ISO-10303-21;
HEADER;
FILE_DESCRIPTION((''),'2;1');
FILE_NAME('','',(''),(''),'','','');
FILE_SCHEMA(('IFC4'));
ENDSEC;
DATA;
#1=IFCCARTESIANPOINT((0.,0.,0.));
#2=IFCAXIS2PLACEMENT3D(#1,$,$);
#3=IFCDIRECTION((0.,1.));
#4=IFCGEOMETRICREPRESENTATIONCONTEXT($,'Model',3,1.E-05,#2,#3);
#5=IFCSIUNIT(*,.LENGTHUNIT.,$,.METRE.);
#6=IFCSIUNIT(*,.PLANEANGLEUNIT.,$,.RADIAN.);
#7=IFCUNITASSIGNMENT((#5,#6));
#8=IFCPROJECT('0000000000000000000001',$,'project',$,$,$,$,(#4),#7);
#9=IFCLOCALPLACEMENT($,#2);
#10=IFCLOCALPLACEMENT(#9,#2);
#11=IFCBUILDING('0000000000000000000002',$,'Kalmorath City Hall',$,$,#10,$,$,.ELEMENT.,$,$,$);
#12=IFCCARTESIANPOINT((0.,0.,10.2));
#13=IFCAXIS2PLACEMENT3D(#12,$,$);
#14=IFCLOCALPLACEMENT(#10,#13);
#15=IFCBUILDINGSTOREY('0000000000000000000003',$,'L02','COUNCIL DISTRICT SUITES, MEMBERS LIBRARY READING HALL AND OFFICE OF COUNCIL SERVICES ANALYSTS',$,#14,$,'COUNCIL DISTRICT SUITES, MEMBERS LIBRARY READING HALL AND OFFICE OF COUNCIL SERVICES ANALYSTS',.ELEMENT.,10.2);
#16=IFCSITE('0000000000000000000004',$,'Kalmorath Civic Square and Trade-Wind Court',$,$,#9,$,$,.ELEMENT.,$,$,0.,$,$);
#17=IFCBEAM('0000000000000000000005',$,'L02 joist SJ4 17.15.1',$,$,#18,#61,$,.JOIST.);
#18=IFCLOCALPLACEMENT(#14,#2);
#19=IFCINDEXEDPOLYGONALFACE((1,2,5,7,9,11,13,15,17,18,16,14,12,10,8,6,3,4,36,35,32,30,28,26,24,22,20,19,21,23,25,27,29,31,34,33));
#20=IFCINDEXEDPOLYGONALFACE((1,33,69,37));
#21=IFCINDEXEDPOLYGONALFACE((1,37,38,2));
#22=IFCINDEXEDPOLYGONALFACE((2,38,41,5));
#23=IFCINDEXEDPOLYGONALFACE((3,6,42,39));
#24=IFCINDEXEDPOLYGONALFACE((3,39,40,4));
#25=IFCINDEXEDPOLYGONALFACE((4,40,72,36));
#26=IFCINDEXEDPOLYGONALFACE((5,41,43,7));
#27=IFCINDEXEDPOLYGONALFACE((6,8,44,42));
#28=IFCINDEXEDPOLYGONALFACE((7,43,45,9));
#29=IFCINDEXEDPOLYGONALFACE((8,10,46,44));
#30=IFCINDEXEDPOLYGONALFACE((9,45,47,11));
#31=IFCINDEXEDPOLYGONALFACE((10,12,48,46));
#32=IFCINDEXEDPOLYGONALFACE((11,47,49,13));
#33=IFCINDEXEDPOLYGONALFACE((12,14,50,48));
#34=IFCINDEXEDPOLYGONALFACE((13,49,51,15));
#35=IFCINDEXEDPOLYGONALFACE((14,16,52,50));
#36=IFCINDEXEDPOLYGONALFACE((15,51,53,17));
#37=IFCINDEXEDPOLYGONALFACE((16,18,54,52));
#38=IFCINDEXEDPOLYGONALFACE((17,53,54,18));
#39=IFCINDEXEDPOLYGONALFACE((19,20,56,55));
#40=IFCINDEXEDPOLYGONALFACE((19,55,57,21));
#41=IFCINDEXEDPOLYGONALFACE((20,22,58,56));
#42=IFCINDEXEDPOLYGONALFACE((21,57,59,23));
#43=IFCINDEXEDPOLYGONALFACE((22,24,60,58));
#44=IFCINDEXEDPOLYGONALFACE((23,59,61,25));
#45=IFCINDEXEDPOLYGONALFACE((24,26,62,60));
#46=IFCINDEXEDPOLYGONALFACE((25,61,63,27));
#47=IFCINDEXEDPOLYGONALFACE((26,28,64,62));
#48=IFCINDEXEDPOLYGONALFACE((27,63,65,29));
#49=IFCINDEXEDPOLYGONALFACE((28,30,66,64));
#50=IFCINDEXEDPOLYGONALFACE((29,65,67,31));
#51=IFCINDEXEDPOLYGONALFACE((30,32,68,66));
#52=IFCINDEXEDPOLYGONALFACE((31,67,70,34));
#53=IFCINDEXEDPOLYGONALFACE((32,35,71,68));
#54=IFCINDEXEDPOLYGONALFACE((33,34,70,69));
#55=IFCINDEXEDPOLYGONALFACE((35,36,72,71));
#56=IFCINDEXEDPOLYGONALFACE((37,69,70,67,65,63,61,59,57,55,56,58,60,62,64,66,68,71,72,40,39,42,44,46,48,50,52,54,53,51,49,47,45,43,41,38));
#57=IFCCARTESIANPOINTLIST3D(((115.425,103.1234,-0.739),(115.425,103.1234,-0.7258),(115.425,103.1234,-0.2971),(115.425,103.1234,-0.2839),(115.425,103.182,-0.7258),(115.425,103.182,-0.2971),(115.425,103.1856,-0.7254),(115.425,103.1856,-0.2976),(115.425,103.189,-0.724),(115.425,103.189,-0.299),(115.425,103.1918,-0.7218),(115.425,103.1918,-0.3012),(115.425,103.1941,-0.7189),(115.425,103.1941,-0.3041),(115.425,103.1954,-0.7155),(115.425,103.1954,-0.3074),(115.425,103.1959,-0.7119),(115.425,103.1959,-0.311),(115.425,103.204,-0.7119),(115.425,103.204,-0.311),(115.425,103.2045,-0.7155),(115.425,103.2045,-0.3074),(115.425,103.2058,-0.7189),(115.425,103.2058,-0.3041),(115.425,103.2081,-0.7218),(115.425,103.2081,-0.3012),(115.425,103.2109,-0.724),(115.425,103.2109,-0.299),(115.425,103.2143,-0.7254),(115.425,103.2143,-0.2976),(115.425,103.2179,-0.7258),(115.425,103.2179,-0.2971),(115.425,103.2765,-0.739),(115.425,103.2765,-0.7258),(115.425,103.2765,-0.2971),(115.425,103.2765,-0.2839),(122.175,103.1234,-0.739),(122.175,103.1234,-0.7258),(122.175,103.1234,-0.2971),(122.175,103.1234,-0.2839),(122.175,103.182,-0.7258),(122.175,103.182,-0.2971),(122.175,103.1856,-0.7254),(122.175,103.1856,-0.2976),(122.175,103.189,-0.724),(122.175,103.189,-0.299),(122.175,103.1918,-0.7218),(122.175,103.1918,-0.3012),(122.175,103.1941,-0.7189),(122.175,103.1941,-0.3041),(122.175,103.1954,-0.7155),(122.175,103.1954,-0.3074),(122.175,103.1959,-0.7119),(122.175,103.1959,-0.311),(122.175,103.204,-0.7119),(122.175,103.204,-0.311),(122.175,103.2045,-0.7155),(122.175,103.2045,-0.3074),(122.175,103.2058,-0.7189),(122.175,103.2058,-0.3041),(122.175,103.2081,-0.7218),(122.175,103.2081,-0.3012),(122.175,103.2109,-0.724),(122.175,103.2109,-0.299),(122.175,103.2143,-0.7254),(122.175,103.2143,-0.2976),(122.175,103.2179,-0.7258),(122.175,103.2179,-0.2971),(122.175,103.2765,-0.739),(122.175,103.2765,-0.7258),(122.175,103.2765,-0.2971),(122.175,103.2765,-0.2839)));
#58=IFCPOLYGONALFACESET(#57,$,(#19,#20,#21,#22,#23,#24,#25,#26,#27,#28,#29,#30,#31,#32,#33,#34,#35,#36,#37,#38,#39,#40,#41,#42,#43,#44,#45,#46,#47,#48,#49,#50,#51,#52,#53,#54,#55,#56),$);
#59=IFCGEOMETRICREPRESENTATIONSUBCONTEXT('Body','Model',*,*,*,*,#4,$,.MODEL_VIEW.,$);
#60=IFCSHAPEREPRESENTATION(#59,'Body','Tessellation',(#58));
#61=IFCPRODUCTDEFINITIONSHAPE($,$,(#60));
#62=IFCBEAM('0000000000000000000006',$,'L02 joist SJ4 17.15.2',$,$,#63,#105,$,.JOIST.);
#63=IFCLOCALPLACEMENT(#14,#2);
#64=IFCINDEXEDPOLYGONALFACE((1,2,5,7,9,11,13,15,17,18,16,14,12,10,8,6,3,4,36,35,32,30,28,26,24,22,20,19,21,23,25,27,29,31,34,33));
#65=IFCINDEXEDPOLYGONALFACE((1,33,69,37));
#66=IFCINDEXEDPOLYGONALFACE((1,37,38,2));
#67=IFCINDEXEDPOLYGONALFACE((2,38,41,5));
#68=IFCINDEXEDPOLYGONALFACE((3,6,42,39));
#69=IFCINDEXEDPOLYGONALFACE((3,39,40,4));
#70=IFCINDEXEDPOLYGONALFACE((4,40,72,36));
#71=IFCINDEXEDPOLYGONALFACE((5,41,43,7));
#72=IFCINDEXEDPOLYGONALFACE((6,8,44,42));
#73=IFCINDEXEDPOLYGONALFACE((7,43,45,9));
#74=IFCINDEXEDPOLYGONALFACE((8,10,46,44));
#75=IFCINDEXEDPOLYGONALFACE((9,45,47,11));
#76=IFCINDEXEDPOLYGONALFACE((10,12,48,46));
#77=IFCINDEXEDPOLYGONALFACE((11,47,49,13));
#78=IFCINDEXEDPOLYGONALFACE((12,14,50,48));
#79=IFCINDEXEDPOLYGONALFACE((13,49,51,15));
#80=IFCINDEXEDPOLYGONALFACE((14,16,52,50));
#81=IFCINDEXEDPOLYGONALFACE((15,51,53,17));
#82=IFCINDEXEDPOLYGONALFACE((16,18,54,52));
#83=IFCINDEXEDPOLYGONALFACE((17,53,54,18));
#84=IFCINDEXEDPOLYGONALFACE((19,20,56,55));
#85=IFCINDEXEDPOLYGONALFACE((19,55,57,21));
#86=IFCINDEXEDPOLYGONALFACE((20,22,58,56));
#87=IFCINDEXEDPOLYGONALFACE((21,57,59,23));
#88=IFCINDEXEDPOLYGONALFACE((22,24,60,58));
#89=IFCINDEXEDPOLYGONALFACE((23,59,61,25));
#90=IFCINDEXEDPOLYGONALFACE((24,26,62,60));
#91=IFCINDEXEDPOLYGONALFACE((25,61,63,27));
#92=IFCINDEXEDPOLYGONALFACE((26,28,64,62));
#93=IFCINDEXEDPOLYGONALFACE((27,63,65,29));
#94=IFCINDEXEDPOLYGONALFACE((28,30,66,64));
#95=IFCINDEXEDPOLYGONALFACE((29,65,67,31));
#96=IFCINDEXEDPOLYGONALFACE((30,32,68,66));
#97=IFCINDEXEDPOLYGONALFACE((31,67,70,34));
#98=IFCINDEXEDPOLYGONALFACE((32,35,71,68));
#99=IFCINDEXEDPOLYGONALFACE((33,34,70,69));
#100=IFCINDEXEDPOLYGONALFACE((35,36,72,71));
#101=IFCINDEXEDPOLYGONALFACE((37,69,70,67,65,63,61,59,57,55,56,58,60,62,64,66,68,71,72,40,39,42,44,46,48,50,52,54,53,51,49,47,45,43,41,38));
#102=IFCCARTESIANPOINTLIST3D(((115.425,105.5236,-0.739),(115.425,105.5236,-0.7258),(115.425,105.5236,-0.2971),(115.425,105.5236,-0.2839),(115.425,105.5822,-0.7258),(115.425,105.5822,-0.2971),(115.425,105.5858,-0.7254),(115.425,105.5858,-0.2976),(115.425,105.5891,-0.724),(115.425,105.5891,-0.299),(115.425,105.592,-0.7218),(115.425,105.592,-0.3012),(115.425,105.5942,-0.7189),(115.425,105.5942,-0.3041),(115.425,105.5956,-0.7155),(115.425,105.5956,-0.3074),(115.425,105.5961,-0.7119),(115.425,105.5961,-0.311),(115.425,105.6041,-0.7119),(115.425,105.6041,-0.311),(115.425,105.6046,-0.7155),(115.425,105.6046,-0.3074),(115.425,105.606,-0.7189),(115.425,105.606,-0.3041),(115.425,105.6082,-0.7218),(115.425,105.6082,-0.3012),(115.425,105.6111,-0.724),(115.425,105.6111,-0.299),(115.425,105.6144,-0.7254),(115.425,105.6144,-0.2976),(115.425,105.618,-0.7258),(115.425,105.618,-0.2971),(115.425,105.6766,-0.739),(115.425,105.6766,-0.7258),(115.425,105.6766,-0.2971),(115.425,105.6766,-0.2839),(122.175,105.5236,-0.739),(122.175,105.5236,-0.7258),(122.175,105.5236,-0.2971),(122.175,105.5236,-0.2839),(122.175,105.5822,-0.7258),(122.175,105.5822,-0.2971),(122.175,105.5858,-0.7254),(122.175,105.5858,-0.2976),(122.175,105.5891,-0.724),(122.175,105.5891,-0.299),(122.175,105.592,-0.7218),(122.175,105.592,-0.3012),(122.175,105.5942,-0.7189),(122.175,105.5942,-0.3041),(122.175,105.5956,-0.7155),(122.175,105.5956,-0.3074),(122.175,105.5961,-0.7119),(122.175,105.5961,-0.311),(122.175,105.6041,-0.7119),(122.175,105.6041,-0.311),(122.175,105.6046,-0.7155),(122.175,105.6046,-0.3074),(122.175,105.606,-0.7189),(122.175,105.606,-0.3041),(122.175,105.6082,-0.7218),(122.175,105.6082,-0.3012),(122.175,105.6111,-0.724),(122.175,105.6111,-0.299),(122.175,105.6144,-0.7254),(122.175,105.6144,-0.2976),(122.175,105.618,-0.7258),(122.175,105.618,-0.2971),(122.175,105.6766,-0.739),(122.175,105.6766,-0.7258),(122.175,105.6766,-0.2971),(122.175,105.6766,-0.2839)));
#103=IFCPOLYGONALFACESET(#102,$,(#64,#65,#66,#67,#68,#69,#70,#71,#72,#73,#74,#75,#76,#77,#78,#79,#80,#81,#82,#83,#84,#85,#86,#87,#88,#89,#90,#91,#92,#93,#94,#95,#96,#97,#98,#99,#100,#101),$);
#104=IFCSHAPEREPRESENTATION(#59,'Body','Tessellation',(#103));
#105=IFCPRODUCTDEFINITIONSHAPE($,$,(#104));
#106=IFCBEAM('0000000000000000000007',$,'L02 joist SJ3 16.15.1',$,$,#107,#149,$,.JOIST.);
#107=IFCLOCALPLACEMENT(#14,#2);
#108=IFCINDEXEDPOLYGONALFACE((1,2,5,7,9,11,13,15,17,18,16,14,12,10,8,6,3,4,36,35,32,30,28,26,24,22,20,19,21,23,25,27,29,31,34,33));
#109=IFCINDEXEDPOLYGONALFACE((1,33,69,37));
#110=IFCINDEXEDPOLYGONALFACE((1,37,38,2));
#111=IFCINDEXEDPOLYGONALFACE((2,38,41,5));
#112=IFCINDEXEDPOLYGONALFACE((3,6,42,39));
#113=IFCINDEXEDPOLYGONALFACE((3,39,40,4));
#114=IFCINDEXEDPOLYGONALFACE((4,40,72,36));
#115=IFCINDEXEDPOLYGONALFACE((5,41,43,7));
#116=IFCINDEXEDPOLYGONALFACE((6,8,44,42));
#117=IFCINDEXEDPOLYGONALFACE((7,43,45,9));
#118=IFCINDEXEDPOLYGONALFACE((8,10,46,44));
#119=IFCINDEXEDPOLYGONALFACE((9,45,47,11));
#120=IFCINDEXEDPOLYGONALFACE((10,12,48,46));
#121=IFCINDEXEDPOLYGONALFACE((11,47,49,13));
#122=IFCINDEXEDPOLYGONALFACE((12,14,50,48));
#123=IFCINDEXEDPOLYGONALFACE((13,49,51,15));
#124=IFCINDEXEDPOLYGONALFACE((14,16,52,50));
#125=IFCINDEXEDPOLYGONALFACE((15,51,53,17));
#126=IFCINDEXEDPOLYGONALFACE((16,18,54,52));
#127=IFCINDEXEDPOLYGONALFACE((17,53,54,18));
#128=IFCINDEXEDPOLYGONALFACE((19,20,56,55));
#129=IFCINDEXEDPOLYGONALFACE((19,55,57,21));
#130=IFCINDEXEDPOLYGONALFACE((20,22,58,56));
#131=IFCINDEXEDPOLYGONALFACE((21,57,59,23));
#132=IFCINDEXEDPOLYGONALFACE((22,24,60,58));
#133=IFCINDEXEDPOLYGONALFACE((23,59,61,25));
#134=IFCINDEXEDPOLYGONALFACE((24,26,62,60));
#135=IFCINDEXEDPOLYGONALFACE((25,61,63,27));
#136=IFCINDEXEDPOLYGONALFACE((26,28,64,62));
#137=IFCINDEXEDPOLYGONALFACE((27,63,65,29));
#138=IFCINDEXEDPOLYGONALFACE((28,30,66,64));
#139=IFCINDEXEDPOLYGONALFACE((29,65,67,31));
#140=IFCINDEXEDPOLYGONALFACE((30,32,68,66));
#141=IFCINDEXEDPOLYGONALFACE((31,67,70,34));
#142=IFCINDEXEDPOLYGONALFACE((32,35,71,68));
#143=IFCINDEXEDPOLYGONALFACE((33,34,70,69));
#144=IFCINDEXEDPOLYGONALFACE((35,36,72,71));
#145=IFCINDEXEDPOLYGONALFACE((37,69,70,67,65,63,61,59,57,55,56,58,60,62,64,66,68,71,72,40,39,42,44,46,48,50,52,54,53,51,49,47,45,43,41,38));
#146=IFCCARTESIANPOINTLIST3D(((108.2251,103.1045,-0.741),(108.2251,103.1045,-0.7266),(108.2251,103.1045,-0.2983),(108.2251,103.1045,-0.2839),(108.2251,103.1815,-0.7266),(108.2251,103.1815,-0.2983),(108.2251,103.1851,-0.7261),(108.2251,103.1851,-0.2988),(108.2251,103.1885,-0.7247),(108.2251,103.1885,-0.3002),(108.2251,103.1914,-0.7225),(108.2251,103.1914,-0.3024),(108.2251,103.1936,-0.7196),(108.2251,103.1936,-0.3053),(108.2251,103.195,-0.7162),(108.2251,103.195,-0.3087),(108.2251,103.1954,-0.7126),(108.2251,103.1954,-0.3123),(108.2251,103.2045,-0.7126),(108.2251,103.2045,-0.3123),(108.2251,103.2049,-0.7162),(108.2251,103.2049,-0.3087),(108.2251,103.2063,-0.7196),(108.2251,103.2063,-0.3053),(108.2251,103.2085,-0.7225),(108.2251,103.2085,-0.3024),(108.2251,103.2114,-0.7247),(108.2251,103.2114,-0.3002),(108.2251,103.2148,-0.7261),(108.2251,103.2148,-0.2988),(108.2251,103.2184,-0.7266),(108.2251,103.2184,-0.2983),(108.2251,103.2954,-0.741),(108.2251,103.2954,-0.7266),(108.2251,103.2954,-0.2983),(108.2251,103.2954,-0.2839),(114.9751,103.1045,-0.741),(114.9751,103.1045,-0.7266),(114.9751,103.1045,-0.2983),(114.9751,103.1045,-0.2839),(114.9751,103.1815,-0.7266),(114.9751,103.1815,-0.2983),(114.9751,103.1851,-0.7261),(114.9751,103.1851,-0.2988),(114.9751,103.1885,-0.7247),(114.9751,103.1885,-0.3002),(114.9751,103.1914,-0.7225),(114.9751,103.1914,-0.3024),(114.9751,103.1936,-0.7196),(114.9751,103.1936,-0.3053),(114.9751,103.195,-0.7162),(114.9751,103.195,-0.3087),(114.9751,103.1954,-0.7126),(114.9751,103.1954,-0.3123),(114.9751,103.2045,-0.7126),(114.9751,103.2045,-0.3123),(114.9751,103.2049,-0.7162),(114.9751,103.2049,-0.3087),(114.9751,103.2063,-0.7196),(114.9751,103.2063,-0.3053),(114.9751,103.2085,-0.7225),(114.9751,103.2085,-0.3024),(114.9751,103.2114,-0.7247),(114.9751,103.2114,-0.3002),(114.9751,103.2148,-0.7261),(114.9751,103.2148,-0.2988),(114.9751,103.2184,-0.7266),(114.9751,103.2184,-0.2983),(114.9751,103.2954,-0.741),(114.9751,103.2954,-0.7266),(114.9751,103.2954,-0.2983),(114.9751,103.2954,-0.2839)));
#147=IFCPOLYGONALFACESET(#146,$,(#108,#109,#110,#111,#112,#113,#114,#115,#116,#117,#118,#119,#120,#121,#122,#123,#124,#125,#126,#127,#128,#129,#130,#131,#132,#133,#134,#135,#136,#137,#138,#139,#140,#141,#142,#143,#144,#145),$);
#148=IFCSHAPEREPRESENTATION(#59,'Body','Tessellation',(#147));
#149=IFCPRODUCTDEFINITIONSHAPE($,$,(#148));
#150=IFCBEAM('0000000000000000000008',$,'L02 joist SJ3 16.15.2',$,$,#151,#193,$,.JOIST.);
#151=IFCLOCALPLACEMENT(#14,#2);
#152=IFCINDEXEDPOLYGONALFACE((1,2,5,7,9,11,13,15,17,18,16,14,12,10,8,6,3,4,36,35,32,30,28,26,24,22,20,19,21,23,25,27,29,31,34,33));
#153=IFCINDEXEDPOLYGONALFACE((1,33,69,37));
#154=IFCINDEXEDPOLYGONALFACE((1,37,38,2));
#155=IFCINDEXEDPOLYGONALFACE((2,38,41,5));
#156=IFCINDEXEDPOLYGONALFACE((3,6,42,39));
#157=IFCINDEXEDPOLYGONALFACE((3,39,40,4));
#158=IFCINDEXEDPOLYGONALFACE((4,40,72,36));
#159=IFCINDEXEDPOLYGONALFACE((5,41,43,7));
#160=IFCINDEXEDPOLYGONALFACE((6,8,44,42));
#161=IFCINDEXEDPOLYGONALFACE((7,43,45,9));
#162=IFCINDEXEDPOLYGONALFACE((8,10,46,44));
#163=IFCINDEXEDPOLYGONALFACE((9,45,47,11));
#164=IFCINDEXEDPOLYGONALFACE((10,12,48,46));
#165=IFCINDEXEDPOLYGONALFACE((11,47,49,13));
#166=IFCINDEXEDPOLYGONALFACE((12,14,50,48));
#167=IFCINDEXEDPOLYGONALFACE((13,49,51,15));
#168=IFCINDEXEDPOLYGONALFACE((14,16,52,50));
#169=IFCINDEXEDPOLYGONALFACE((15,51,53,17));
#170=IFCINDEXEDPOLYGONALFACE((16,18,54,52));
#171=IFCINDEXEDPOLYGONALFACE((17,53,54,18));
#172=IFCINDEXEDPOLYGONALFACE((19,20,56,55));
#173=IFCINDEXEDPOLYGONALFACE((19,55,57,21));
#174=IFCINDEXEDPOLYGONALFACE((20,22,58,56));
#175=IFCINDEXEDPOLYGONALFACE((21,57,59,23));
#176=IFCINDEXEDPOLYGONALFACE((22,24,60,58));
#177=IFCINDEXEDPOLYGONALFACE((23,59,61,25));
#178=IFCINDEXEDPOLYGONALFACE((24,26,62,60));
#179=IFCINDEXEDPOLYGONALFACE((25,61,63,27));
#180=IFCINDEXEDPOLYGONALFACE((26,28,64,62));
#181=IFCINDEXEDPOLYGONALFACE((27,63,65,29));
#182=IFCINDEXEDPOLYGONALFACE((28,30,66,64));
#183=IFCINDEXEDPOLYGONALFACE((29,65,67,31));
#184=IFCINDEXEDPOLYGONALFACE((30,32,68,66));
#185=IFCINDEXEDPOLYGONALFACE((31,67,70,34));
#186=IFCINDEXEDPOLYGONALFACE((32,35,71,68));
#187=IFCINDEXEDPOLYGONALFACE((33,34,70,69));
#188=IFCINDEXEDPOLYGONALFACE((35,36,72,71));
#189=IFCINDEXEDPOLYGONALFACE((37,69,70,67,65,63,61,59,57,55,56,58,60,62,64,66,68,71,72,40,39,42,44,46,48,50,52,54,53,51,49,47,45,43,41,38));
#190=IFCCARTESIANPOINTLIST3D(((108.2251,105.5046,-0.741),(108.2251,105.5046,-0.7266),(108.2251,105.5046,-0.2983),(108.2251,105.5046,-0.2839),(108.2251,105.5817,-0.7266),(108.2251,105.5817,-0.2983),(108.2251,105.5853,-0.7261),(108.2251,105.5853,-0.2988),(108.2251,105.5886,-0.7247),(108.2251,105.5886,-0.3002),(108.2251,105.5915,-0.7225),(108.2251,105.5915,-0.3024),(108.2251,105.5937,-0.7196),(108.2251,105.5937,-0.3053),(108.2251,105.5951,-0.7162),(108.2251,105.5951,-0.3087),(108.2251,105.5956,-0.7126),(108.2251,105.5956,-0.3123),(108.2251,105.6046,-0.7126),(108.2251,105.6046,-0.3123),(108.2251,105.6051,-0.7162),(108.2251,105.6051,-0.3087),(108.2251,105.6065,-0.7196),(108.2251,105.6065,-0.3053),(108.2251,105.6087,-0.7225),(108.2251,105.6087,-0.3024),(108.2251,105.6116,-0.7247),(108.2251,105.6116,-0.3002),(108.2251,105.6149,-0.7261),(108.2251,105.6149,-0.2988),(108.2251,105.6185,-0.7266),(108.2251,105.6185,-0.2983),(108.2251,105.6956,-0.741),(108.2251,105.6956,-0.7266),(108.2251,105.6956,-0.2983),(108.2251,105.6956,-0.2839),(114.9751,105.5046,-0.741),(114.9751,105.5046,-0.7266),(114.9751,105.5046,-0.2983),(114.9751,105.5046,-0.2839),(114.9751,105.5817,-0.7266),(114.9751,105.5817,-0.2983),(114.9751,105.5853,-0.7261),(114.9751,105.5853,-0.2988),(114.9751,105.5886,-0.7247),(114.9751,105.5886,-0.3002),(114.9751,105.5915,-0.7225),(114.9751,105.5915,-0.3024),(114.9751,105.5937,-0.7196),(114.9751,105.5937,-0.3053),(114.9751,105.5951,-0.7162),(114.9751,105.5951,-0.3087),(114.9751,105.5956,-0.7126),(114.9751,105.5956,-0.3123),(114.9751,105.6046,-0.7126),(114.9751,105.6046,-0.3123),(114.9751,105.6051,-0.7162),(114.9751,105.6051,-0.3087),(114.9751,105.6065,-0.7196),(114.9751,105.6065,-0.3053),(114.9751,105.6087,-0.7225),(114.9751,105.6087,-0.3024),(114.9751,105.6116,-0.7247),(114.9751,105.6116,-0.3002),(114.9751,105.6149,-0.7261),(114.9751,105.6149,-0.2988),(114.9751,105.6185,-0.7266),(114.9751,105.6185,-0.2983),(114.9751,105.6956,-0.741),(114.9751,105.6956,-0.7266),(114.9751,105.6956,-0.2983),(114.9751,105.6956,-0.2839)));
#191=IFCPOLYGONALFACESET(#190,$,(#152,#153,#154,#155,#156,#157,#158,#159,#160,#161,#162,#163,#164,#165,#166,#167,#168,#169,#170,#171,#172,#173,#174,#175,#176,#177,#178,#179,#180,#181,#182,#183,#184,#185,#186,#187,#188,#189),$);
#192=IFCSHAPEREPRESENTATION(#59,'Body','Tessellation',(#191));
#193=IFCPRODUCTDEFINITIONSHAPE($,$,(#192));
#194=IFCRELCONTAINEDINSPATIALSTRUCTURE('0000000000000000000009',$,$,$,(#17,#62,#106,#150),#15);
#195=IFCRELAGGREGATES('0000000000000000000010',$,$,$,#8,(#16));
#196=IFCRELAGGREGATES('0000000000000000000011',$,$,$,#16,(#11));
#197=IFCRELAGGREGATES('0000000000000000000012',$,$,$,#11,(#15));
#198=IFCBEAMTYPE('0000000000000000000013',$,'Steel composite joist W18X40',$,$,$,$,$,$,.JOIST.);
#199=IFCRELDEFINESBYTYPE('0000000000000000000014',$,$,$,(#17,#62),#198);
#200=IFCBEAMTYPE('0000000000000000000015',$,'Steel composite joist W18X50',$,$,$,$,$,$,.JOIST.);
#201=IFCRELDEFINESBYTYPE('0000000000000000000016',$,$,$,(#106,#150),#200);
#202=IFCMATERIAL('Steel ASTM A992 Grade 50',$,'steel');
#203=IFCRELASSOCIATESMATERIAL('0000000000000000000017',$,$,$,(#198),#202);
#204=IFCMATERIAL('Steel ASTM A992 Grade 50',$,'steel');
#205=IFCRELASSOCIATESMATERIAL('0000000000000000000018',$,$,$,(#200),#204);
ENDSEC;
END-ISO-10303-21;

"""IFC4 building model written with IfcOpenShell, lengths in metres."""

from ifc_helpers import new_model, si_unit, direction, frame, origin, origin_2d, place, context, subcontext, project, spatial, i_section, extrude, material, material_profile, profile_set, type_object, element, save


model = new_model("IFC4")

# Units and contexts
model_context = context("Model", 3, precision=1e-05, world=origin(), true_north=direction((0.0, 1.0)))
body_context = subcontext(model_context, "Body", "Model", "MODEL_VIEW")
ifc_project = project(units=[si_unit("LENGTHUNIT", "METRE"), si_unit("PLANEANGLEUNIT", "RADIAN")], contexts=[model_context])

# Site, building, storey
site_placement = place(None, origin())
site = spatial("IfcSite", under=ifc_project, at=site_placement, Name="Kalmorath Civic Square and Trade-Wind Court", CompositionType="ELEMENT", RefElevation=0.0)
building_placement = place(site_placement, origin())
building = spatial("IfcBuilding", under=site, at=building_placement, Name="Kalmorath City Hall", CompositionType="ELEMENT")
storey_placement = place(building_placement, frame((0.0, 0.0, 10.2)))
storey = spatial("IfcBuildingStorey", under=building, at=storey_placement, Name="L02", Description="COUNCIL DISTRICT SUITES, MEMBERS LIBRARY READING HALL AND OFFICE OF COUNCIL SERVICES ANALYSTS", LongName="COUNCIL DISTRICT SUITES, MEMBERS LIBRARY READING HALL AND OFFICE OF COUNCIL SERVICES ANALYSTS", CompositionType="ELEMENT", Elevation=10.2)

# Beams
ifc_material_1 = material(Name="Steel ASTM A992 Grade 50", Category="steel")
ifc_material_profile_1 = material_profile(ifc_material_1, i_section(OverallWidth=0.1531, OverallDepth=0.4551, WebThickness=0.0081, FlangeThickness=0.0132, FilletRadius=0.0139, at=origin_2d()), Name="W18X40")
ifc_profile_set_1 = profile_set([ifc_material_profile_1], Name="Steel ASTM A992 Grade 50")
beam_type_1 = type_object("IfcBeamType", Name="Steel composite joist W18X40", PredefinedType="JOIST", material=ifc_profile_set_1)
for number, where, z_axis, x_axis, name in (
    (1, (115.425, 103.2, -0.5115), (1.0, 0.0, 0.0), (0.0, 1.0, 0.0), "L02 joist SJ4 17.15.1"),
    (2, (115.425, 105.6001, -0.5115), (1.0, 0.0, 0.0), (0.0, 1.0, 0.0), "L02 joist SJ4 17.15.2"),
):
    element("IfcBeam", number, at=place(storey_placement, frame(where, z_axis=z_axis, x_axis=x_axis)), inside=storey, type_object=beam_type_1, Name=name, PredefinedType="JOIST", context=body_context, shape_type="SweptSolid", body=[
        extrude(i_section(OverallWidth=0.1531, OverallDepth=0.4551, WebThickness=0.0081, FlangeThickness=0.0132, FilletRadius=0.0139, at=origin_2d()), origin(), (0.0, 0.0, 1.0), 6.75),
    ])
ifc_material_2 = material(Name="Steel ASTM A992 Grade 50", Category="steel")
ifc_material_profile_2 = material_profile(ifc_material_2, i_section(OverallWidth=0.1909, OverallDepth=0.457, WebThickness=0.009, FlangeThickness=0.0144, FilletRadius=0.0139, at=origin_2d()), Name="W18X50")
ifc_profile_set_2 = profile_set([ifc_material_profile_2], Name="Steel ASTM A992 Grade 50")
beam_type_2 = type_object("IfcBeamType", Name="Steel composite joist W18X50", PredefinedType="JOIST", material=ifc_profile_set_2)
for number, where, z_axis, x_axis, name in (
    (3, (108.2251, 103.2, -0.5125), (1.0, 0.0, 0.0), (0.0, 1.0, 0.0), "L02 joist SJ3 16.15.1"),
    (4, (108.2251, 105.6001, -0.5125), (1.0, 0.0, 0.0), (0.0, 1.0, 0.0), "L02 joist SJ3 16.15.2"),
):
    element("IfcBeam", number, at=place(storey_placement, frame(where, z_axis=z_axis, x_axis=x_axis)), inside=storey, type_object=beam_type_2, Name=name, PredefinedType="JOIST", context=body_context, shape_type="SweptSolid", body=[
        extrude(i_section(OverallWidth=0.1909, OverallDepth=0.457, WebThickness=0.009, FlangeThickness=0.0144, FilletRadius=0.0139, at=origin_2d()), origin(), (0.0, 0.0, 1.0), 6.75),
    ])

save(model, "model.ifc")
